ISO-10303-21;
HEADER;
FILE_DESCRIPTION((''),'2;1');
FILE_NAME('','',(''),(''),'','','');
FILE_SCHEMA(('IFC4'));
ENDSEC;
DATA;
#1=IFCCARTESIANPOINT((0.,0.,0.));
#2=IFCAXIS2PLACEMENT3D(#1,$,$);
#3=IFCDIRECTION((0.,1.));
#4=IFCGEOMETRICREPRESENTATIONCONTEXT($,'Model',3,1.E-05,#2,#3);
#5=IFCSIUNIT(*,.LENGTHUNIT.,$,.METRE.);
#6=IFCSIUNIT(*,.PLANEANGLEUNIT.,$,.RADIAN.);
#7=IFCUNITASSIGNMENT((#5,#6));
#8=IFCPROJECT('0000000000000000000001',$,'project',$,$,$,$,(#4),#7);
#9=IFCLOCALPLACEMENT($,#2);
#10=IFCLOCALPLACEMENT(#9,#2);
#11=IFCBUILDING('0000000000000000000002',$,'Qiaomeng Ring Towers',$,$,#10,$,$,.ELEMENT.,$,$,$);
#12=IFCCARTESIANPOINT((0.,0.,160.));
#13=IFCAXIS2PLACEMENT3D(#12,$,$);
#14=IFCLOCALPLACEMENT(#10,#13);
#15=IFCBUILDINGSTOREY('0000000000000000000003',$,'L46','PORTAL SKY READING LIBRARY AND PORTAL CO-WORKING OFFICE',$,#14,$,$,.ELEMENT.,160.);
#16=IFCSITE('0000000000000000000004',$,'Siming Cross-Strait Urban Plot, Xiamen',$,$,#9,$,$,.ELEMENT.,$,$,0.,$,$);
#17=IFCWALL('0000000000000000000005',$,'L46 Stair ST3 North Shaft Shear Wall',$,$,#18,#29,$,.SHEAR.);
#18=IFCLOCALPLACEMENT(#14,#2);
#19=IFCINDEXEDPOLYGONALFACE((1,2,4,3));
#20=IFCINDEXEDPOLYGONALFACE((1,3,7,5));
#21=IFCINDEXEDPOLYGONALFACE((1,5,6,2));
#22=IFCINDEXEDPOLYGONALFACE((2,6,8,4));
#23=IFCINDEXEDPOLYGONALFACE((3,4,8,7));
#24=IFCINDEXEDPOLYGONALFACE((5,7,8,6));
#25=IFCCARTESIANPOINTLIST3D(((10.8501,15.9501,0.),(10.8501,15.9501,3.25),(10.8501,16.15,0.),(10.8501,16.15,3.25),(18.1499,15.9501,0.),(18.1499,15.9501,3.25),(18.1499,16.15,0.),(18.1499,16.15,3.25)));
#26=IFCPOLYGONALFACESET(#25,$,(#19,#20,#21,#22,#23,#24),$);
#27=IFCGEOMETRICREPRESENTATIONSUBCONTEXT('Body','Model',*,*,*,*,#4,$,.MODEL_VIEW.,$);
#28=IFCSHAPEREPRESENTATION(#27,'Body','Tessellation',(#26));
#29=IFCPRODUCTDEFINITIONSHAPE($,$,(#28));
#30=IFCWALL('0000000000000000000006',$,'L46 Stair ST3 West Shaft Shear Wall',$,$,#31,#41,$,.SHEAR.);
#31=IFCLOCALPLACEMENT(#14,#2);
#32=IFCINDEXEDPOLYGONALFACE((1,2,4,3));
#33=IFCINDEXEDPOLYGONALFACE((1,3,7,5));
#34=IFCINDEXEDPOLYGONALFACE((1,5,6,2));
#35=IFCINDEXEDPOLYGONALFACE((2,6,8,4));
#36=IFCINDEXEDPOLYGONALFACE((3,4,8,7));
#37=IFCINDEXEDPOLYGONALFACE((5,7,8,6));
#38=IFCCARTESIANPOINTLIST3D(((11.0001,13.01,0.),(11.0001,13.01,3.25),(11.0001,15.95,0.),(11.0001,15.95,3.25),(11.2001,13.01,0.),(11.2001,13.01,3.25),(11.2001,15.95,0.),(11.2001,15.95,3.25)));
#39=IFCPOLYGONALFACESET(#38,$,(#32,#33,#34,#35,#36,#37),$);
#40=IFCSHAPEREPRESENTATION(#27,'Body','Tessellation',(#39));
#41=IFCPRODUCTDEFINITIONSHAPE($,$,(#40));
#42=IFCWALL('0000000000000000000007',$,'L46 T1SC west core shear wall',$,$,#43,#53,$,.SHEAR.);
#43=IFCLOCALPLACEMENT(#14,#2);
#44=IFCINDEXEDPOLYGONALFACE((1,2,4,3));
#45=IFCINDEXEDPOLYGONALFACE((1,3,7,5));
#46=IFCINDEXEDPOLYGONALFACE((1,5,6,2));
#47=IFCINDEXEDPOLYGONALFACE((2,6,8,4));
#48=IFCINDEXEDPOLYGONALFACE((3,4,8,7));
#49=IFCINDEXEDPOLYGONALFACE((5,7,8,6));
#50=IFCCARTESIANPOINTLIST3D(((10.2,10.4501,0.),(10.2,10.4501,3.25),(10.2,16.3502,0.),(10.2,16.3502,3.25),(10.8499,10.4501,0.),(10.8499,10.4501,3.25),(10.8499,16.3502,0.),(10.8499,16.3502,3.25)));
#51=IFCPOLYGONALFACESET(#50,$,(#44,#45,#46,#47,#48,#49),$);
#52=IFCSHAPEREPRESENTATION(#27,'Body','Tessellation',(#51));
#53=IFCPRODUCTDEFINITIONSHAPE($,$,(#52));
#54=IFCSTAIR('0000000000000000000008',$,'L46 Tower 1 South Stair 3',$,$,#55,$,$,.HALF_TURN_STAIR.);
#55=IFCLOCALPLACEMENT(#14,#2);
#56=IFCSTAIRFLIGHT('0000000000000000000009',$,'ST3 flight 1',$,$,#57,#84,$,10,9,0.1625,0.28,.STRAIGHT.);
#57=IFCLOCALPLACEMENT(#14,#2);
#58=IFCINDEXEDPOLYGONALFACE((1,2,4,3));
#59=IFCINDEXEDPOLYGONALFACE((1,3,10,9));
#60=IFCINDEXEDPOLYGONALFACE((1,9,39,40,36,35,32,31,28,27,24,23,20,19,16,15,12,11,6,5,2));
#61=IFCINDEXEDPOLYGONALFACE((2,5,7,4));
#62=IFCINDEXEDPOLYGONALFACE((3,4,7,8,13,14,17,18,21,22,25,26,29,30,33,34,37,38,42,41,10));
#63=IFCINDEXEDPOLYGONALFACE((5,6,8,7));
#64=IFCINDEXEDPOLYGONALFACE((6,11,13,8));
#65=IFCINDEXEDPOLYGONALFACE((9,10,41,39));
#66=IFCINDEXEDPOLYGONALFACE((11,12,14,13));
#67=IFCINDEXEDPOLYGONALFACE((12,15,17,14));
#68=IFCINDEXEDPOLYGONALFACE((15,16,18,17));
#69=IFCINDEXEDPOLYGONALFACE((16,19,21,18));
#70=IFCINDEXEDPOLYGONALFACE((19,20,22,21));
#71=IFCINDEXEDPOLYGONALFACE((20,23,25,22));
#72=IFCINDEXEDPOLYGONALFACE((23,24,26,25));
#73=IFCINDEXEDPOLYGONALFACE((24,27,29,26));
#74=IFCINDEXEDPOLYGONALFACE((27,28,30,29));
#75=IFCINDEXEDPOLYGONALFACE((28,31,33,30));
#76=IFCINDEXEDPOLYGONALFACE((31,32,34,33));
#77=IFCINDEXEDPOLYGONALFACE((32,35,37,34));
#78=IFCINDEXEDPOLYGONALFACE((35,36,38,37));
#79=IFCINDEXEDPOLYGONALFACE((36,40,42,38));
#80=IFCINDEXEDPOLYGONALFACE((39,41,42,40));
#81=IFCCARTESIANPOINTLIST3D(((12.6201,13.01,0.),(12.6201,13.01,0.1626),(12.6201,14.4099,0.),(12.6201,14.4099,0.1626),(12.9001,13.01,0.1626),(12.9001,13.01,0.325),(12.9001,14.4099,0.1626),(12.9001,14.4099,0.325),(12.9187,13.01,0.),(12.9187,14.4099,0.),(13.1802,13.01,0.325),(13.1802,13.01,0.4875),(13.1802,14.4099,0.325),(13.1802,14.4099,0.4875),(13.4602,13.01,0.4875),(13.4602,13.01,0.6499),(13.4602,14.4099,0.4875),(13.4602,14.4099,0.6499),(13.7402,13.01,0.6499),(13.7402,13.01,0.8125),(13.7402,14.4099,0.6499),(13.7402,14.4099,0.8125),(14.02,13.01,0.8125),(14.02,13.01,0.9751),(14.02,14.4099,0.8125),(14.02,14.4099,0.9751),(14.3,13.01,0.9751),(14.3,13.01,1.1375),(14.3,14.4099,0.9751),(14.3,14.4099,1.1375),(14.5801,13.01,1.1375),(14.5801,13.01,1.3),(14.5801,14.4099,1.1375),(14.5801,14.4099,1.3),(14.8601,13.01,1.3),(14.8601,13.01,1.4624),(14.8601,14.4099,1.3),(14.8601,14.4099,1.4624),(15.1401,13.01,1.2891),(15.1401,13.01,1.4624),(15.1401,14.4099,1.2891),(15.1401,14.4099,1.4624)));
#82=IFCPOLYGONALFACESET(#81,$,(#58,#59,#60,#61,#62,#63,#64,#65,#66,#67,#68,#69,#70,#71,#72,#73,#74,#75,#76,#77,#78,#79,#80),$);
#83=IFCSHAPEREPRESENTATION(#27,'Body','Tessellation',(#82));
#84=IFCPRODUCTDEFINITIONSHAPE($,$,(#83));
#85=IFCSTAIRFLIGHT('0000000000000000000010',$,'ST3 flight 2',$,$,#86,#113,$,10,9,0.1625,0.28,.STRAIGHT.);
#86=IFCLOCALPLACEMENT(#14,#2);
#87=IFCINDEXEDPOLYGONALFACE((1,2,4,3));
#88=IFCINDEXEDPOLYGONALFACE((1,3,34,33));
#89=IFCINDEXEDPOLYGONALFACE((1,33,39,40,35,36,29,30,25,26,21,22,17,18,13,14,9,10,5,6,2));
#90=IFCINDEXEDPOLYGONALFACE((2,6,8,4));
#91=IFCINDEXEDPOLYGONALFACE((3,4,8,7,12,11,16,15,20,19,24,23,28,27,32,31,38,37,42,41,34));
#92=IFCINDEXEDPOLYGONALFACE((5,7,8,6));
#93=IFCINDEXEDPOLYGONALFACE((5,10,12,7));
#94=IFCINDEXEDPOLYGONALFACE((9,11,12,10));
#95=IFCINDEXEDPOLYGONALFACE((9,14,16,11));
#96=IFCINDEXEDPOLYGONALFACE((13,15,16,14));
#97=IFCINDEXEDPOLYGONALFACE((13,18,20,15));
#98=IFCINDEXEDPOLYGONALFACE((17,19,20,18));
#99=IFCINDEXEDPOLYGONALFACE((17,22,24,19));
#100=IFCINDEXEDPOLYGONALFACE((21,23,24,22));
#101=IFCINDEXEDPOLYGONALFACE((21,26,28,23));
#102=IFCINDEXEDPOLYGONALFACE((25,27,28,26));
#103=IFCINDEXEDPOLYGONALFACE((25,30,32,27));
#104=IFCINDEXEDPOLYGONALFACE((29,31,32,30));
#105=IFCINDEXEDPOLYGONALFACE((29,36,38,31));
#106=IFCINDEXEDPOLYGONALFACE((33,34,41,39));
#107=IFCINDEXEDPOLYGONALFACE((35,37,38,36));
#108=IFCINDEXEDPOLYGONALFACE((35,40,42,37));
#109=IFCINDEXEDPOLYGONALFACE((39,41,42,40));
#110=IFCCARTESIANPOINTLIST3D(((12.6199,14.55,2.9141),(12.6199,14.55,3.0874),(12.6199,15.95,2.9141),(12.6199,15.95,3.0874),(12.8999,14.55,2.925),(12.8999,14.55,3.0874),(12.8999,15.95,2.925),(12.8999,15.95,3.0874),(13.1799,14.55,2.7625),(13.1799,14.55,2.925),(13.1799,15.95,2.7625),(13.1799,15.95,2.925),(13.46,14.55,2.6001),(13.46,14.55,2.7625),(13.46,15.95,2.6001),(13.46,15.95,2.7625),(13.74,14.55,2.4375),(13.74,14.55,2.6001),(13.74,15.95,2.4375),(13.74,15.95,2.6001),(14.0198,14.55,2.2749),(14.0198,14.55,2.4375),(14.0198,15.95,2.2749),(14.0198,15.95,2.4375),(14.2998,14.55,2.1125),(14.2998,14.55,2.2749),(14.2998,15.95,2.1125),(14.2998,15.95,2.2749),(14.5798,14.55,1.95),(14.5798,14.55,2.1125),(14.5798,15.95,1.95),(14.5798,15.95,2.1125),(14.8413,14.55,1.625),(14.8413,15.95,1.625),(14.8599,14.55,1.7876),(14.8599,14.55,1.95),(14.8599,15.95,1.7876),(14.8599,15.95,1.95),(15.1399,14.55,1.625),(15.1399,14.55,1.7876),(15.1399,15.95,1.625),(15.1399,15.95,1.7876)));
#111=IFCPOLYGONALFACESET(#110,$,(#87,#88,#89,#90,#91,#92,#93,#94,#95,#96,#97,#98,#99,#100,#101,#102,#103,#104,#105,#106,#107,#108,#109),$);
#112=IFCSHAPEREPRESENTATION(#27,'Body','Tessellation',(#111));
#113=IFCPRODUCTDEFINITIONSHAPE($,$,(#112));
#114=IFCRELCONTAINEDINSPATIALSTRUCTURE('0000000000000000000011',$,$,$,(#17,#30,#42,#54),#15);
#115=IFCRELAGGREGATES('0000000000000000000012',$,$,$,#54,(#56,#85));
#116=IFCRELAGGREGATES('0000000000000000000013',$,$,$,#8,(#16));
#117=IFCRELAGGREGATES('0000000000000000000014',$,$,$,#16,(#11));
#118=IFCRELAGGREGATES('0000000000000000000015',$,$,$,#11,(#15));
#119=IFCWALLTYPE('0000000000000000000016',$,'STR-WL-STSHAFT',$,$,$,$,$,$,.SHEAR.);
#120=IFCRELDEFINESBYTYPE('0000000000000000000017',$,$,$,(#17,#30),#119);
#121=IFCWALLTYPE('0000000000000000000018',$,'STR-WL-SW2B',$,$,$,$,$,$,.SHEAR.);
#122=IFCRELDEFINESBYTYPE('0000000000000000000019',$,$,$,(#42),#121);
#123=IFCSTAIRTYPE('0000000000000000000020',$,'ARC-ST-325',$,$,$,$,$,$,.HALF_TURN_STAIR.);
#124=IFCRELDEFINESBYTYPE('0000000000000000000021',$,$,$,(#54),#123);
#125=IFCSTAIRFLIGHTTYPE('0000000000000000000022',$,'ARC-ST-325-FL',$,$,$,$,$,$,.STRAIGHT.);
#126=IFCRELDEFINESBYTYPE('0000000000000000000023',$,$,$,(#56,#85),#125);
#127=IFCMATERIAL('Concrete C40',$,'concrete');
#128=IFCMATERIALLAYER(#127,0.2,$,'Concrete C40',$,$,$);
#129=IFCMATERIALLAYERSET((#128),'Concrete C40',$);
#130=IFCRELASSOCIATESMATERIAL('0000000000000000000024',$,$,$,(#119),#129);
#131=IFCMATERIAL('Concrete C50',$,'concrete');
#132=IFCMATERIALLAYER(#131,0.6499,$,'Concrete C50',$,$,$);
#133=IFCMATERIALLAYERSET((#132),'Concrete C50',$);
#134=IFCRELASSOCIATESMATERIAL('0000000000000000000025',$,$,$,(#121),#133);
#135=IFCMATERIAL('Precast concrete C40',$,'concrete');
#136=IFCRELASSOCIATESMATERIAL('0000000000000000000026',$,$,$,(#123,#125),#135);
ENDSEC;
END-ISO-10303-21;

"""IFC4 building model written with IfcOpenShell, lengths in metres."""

from ifc_helpers import new_model, si_unit, direction, frame, frame_2d, origin, place, context, subcontext, project, spatial, polyline, rectangle, outline, extrude, source, transform, mapped, material, layer, layer_set, type_object, element, aggregate, save


model = new_model("IFC4")

# Units and contexts
model_context = context("Model", 3, precision=1e-05, world=origin(), true_north=direction((0.0, 1.0)))
body_context = subcontext(model_context, "Body", "Model", "MODEL_VIEW")
ifc_project = project(units=[si_unit("LENGTHUNIT", "METRE"), si_unit("PLANEANGLEUNIT", "RADIAN")], contexts=[model_context])

# Site, building, storey
site_placement = place(None, origin())
site = spatial("IfcSite", under=ifc_project, at=site_placement, Name="Siming Cross-Strait Urban Plot, Xiamen", CompositionType="ELEMENT", RefElevation=0.0)
building_placement = place(site_placement, origin())
building = spatial("IfcBuilding", under=site, at=building_placement, Name="Qiaomeng Ring Towers", CompositionType="ELEMENT")
storey_placement = place(building_placement, frame((0.0, 0.0, 160.0)))
storey = spatial("IfcBuildingStorey", under=building, at=storey_placement, Name="L46", Description="PORTAL SKY READING LIBRARY AND PORTAL CO-WORKING OFFICE", CompositionType="ELEMENT", Elevation=160.0)

# Shared definitions
ifc_material_1 = material(Name="Concrete C50", Category="concrete")

# Shared definitions
ifc_material_2 = material(Name="Precast concrete C40", Category="concrete")

# Shared definitions
ifc_material_3 = material(Name="Concrete C40", Category="concrete")
ifc_layer_1 = layer(ifc_material_3, 0.2, Name="Concrete C40")
ifc_layer_set_1 = layer_set([ifc_layer_1], Name="Concrete C40")
wall_type_1 = type_object("IfcWallType", Name="STR-WL-STSHAFT", PredefinedType="SHEAR", material=ifc_layer_set_1)

# Walls
wall_1_placement = place(storey_placement, frame((10.8501, 16.05, 0.0), z_axis=(0.0, 0.0, 1.0), x_axis=(1.0, 0.0, 0.0)))
element("IfcWall", 1, at=wall_1_placement, inside=storey, type_object=wall_type_1, Name="L46 Stair ST3 North Shaft Shear Wall", PredefinedType="SHEAR", context=body_context, shape_type="SweptSolid", body=[
    extrude(rectangle(XDim=7.2998, YDim=0.2, at=frame_2d((3.6499, 0.0))), origin(), (0.0, 0.0, 1.0), 3.25),
])
wall_2_placement = place(storey_placement, frame((11.1001, 13.01, 0.0), z_axis=(0.0, 0.0, 1.0), x_axis=(0.0, 1.0, 0.0)))
element("IfcWall", 2, at=wall_2_placement, inside=storey, type_object=wall_type_1, Name="L46 Stair ST3 West Shaft Shear Wall", PredefinedType="SHEAR", context=body_context, shape_type="SweptSolid", body=[
    extrude(rectangle(XDim=2.9399, YDim=0.2, at=frame_2d((1.47, 0.0))), origin(), (0.0, 0.0, 1.0), 3.25),
])
ifc_layer_2 = layer(ifc_material_1, 0.6499, Name="Concrete C50")
ifc_layer_set_2 = layer_set([ifc_layer_2], Name="Concrete C50")
wall_type_2 = type_object("IfcWallType", Name="STR-WL-SW2B", PredefinedType="SHEAR", material=ifc_layer_set_2)
wall_3_placement = place(storey_placement, frame((10.5249, 10.45, 0.0), z_axis=(0.0, 0.0, 1.0), x_axis=(0.0, 1.0, 0.0)))
element("IfcWall", 3, at=wall_3_placement, inside=storey, type_object=wall_type_2, Name="L46 T1SC west core shear wall", PredefinedType="SHEAR", context=body_context, shape_type="SweptSolid", body=[
    extrude(rectangle(XDim=5.9001, YDim=0.6499, at=frame_2d((2.9502, 0.0))), origin(), (0.0, 0.0, 1.0), 3.25),
])

# Stair, stair flights
stair_type = type_object("IfcStairType", Name="ARC-ST-325", PredefinedType="HALF_TURN_STAIR", material=ifc_material_2)
stair_placement = place(storey_placement, origin())
stair = element("IfcStair", 4, at=stair_placement, inside=storey, type_object=stair_type, Name="L46 Tower 1 South Stair 3", PredefinedType="HALF_TURN_STAIR")
stair_flight_type = type_object("IfcStairFlightType", Name="ARC-ST-325-FL", PredefinedType="STRAIGHT", material=ifc_material_2)
shared_shape_1 = source(origin(), body_context, "Body", "SweptSolid", [
    extrude(outline(polyline([(0.0, 0.0), (0.0, 0.1626), (0.28, 0.1626), (0.28, 0.325), (0.5601, 0.325), (0.5601, 0.4875), (0.8401, 0.4875), (0.8401, 0.6499), (1.1201, 0.6499), (1.1201, 0.8125), (1.3999, 0.8125), (1.3999, 0.9751), (1.6799, 0.9751), (1.6799, 1.1375), (1.96, 1.1375), (1.96, 1.3), (2.24, 1.3), (2.24, 1.4624), (2.52, 1.4624), (2.52, 1.625), (2.52, 1.2891), (0.2986, 0.0), (0.0, 0.0)])), frame((0.0, 0.7, 0.0), z_axis=(0.0, -1.0, 0.0), x_axis=(1.0, 0.0, 0.0)), (0.0, 0.0, 1.0), 1.3999),
])
stair_flight_1_placement = place(storey_placement, frame((12.6201, 13.71, 0.0), z_axis=(0.0, 0.0, 1.0), x_axis=(1.0, 0.0, 0.0)))
stair_flight_1 = element("IfcStairFlight", 5, at=stair_flight_1_placement, type_object=stair_flight_type, Name="ST3 flight 1", NumberOfRisers=10, NumberOfTreads=9, PredefinedType="STRAIGHT", RiserHeight=0.1625, TreadLength=0.28, context=body_context, shape_type="MappedRepresentation", body=[
    mapped(shared_shape_1, transform((0.0, 0.0, 0.0), x_axis=(1.0, 0.0, 0.0), y_axis=(0.0, 1.0, 0.0), z_axis=(0.0, 0.0, 1.0), scale=1.0)),
])
stair_flight_2_placement = place(storey_placement, frame((15.1399, 15.25, 1.625), z_axis=(0.0, 0.0, 1.0), x_axis=(-1.0, 0.0, 0.0)))
stair_flight_2 = element("IfcStairFlight", 6, at=stair_flight_2_placement, type_object=stair_flight_type, Name="ST3 flight 2", NumberOfRisers=10, NumberOfTreads=9, PredefinedType="STRAIGHT", RiserHeight=0.1625, TreadLength=0.28, context=body_context, shape_type="MappedRepresentation", body=[
    mapped(shared_shape_1, transform((0.0, 0.0, 0.0), x_axis=(1.0, 0.0, 0.0), y_axis=(0.0, 1.0, 0.0), z_axis=(0.0, 0.0, 1.0), scale=1.0)),
])
aggregate(stair, [stair_flight_1, stair_flight_2])

save(model, "model.ifc")
